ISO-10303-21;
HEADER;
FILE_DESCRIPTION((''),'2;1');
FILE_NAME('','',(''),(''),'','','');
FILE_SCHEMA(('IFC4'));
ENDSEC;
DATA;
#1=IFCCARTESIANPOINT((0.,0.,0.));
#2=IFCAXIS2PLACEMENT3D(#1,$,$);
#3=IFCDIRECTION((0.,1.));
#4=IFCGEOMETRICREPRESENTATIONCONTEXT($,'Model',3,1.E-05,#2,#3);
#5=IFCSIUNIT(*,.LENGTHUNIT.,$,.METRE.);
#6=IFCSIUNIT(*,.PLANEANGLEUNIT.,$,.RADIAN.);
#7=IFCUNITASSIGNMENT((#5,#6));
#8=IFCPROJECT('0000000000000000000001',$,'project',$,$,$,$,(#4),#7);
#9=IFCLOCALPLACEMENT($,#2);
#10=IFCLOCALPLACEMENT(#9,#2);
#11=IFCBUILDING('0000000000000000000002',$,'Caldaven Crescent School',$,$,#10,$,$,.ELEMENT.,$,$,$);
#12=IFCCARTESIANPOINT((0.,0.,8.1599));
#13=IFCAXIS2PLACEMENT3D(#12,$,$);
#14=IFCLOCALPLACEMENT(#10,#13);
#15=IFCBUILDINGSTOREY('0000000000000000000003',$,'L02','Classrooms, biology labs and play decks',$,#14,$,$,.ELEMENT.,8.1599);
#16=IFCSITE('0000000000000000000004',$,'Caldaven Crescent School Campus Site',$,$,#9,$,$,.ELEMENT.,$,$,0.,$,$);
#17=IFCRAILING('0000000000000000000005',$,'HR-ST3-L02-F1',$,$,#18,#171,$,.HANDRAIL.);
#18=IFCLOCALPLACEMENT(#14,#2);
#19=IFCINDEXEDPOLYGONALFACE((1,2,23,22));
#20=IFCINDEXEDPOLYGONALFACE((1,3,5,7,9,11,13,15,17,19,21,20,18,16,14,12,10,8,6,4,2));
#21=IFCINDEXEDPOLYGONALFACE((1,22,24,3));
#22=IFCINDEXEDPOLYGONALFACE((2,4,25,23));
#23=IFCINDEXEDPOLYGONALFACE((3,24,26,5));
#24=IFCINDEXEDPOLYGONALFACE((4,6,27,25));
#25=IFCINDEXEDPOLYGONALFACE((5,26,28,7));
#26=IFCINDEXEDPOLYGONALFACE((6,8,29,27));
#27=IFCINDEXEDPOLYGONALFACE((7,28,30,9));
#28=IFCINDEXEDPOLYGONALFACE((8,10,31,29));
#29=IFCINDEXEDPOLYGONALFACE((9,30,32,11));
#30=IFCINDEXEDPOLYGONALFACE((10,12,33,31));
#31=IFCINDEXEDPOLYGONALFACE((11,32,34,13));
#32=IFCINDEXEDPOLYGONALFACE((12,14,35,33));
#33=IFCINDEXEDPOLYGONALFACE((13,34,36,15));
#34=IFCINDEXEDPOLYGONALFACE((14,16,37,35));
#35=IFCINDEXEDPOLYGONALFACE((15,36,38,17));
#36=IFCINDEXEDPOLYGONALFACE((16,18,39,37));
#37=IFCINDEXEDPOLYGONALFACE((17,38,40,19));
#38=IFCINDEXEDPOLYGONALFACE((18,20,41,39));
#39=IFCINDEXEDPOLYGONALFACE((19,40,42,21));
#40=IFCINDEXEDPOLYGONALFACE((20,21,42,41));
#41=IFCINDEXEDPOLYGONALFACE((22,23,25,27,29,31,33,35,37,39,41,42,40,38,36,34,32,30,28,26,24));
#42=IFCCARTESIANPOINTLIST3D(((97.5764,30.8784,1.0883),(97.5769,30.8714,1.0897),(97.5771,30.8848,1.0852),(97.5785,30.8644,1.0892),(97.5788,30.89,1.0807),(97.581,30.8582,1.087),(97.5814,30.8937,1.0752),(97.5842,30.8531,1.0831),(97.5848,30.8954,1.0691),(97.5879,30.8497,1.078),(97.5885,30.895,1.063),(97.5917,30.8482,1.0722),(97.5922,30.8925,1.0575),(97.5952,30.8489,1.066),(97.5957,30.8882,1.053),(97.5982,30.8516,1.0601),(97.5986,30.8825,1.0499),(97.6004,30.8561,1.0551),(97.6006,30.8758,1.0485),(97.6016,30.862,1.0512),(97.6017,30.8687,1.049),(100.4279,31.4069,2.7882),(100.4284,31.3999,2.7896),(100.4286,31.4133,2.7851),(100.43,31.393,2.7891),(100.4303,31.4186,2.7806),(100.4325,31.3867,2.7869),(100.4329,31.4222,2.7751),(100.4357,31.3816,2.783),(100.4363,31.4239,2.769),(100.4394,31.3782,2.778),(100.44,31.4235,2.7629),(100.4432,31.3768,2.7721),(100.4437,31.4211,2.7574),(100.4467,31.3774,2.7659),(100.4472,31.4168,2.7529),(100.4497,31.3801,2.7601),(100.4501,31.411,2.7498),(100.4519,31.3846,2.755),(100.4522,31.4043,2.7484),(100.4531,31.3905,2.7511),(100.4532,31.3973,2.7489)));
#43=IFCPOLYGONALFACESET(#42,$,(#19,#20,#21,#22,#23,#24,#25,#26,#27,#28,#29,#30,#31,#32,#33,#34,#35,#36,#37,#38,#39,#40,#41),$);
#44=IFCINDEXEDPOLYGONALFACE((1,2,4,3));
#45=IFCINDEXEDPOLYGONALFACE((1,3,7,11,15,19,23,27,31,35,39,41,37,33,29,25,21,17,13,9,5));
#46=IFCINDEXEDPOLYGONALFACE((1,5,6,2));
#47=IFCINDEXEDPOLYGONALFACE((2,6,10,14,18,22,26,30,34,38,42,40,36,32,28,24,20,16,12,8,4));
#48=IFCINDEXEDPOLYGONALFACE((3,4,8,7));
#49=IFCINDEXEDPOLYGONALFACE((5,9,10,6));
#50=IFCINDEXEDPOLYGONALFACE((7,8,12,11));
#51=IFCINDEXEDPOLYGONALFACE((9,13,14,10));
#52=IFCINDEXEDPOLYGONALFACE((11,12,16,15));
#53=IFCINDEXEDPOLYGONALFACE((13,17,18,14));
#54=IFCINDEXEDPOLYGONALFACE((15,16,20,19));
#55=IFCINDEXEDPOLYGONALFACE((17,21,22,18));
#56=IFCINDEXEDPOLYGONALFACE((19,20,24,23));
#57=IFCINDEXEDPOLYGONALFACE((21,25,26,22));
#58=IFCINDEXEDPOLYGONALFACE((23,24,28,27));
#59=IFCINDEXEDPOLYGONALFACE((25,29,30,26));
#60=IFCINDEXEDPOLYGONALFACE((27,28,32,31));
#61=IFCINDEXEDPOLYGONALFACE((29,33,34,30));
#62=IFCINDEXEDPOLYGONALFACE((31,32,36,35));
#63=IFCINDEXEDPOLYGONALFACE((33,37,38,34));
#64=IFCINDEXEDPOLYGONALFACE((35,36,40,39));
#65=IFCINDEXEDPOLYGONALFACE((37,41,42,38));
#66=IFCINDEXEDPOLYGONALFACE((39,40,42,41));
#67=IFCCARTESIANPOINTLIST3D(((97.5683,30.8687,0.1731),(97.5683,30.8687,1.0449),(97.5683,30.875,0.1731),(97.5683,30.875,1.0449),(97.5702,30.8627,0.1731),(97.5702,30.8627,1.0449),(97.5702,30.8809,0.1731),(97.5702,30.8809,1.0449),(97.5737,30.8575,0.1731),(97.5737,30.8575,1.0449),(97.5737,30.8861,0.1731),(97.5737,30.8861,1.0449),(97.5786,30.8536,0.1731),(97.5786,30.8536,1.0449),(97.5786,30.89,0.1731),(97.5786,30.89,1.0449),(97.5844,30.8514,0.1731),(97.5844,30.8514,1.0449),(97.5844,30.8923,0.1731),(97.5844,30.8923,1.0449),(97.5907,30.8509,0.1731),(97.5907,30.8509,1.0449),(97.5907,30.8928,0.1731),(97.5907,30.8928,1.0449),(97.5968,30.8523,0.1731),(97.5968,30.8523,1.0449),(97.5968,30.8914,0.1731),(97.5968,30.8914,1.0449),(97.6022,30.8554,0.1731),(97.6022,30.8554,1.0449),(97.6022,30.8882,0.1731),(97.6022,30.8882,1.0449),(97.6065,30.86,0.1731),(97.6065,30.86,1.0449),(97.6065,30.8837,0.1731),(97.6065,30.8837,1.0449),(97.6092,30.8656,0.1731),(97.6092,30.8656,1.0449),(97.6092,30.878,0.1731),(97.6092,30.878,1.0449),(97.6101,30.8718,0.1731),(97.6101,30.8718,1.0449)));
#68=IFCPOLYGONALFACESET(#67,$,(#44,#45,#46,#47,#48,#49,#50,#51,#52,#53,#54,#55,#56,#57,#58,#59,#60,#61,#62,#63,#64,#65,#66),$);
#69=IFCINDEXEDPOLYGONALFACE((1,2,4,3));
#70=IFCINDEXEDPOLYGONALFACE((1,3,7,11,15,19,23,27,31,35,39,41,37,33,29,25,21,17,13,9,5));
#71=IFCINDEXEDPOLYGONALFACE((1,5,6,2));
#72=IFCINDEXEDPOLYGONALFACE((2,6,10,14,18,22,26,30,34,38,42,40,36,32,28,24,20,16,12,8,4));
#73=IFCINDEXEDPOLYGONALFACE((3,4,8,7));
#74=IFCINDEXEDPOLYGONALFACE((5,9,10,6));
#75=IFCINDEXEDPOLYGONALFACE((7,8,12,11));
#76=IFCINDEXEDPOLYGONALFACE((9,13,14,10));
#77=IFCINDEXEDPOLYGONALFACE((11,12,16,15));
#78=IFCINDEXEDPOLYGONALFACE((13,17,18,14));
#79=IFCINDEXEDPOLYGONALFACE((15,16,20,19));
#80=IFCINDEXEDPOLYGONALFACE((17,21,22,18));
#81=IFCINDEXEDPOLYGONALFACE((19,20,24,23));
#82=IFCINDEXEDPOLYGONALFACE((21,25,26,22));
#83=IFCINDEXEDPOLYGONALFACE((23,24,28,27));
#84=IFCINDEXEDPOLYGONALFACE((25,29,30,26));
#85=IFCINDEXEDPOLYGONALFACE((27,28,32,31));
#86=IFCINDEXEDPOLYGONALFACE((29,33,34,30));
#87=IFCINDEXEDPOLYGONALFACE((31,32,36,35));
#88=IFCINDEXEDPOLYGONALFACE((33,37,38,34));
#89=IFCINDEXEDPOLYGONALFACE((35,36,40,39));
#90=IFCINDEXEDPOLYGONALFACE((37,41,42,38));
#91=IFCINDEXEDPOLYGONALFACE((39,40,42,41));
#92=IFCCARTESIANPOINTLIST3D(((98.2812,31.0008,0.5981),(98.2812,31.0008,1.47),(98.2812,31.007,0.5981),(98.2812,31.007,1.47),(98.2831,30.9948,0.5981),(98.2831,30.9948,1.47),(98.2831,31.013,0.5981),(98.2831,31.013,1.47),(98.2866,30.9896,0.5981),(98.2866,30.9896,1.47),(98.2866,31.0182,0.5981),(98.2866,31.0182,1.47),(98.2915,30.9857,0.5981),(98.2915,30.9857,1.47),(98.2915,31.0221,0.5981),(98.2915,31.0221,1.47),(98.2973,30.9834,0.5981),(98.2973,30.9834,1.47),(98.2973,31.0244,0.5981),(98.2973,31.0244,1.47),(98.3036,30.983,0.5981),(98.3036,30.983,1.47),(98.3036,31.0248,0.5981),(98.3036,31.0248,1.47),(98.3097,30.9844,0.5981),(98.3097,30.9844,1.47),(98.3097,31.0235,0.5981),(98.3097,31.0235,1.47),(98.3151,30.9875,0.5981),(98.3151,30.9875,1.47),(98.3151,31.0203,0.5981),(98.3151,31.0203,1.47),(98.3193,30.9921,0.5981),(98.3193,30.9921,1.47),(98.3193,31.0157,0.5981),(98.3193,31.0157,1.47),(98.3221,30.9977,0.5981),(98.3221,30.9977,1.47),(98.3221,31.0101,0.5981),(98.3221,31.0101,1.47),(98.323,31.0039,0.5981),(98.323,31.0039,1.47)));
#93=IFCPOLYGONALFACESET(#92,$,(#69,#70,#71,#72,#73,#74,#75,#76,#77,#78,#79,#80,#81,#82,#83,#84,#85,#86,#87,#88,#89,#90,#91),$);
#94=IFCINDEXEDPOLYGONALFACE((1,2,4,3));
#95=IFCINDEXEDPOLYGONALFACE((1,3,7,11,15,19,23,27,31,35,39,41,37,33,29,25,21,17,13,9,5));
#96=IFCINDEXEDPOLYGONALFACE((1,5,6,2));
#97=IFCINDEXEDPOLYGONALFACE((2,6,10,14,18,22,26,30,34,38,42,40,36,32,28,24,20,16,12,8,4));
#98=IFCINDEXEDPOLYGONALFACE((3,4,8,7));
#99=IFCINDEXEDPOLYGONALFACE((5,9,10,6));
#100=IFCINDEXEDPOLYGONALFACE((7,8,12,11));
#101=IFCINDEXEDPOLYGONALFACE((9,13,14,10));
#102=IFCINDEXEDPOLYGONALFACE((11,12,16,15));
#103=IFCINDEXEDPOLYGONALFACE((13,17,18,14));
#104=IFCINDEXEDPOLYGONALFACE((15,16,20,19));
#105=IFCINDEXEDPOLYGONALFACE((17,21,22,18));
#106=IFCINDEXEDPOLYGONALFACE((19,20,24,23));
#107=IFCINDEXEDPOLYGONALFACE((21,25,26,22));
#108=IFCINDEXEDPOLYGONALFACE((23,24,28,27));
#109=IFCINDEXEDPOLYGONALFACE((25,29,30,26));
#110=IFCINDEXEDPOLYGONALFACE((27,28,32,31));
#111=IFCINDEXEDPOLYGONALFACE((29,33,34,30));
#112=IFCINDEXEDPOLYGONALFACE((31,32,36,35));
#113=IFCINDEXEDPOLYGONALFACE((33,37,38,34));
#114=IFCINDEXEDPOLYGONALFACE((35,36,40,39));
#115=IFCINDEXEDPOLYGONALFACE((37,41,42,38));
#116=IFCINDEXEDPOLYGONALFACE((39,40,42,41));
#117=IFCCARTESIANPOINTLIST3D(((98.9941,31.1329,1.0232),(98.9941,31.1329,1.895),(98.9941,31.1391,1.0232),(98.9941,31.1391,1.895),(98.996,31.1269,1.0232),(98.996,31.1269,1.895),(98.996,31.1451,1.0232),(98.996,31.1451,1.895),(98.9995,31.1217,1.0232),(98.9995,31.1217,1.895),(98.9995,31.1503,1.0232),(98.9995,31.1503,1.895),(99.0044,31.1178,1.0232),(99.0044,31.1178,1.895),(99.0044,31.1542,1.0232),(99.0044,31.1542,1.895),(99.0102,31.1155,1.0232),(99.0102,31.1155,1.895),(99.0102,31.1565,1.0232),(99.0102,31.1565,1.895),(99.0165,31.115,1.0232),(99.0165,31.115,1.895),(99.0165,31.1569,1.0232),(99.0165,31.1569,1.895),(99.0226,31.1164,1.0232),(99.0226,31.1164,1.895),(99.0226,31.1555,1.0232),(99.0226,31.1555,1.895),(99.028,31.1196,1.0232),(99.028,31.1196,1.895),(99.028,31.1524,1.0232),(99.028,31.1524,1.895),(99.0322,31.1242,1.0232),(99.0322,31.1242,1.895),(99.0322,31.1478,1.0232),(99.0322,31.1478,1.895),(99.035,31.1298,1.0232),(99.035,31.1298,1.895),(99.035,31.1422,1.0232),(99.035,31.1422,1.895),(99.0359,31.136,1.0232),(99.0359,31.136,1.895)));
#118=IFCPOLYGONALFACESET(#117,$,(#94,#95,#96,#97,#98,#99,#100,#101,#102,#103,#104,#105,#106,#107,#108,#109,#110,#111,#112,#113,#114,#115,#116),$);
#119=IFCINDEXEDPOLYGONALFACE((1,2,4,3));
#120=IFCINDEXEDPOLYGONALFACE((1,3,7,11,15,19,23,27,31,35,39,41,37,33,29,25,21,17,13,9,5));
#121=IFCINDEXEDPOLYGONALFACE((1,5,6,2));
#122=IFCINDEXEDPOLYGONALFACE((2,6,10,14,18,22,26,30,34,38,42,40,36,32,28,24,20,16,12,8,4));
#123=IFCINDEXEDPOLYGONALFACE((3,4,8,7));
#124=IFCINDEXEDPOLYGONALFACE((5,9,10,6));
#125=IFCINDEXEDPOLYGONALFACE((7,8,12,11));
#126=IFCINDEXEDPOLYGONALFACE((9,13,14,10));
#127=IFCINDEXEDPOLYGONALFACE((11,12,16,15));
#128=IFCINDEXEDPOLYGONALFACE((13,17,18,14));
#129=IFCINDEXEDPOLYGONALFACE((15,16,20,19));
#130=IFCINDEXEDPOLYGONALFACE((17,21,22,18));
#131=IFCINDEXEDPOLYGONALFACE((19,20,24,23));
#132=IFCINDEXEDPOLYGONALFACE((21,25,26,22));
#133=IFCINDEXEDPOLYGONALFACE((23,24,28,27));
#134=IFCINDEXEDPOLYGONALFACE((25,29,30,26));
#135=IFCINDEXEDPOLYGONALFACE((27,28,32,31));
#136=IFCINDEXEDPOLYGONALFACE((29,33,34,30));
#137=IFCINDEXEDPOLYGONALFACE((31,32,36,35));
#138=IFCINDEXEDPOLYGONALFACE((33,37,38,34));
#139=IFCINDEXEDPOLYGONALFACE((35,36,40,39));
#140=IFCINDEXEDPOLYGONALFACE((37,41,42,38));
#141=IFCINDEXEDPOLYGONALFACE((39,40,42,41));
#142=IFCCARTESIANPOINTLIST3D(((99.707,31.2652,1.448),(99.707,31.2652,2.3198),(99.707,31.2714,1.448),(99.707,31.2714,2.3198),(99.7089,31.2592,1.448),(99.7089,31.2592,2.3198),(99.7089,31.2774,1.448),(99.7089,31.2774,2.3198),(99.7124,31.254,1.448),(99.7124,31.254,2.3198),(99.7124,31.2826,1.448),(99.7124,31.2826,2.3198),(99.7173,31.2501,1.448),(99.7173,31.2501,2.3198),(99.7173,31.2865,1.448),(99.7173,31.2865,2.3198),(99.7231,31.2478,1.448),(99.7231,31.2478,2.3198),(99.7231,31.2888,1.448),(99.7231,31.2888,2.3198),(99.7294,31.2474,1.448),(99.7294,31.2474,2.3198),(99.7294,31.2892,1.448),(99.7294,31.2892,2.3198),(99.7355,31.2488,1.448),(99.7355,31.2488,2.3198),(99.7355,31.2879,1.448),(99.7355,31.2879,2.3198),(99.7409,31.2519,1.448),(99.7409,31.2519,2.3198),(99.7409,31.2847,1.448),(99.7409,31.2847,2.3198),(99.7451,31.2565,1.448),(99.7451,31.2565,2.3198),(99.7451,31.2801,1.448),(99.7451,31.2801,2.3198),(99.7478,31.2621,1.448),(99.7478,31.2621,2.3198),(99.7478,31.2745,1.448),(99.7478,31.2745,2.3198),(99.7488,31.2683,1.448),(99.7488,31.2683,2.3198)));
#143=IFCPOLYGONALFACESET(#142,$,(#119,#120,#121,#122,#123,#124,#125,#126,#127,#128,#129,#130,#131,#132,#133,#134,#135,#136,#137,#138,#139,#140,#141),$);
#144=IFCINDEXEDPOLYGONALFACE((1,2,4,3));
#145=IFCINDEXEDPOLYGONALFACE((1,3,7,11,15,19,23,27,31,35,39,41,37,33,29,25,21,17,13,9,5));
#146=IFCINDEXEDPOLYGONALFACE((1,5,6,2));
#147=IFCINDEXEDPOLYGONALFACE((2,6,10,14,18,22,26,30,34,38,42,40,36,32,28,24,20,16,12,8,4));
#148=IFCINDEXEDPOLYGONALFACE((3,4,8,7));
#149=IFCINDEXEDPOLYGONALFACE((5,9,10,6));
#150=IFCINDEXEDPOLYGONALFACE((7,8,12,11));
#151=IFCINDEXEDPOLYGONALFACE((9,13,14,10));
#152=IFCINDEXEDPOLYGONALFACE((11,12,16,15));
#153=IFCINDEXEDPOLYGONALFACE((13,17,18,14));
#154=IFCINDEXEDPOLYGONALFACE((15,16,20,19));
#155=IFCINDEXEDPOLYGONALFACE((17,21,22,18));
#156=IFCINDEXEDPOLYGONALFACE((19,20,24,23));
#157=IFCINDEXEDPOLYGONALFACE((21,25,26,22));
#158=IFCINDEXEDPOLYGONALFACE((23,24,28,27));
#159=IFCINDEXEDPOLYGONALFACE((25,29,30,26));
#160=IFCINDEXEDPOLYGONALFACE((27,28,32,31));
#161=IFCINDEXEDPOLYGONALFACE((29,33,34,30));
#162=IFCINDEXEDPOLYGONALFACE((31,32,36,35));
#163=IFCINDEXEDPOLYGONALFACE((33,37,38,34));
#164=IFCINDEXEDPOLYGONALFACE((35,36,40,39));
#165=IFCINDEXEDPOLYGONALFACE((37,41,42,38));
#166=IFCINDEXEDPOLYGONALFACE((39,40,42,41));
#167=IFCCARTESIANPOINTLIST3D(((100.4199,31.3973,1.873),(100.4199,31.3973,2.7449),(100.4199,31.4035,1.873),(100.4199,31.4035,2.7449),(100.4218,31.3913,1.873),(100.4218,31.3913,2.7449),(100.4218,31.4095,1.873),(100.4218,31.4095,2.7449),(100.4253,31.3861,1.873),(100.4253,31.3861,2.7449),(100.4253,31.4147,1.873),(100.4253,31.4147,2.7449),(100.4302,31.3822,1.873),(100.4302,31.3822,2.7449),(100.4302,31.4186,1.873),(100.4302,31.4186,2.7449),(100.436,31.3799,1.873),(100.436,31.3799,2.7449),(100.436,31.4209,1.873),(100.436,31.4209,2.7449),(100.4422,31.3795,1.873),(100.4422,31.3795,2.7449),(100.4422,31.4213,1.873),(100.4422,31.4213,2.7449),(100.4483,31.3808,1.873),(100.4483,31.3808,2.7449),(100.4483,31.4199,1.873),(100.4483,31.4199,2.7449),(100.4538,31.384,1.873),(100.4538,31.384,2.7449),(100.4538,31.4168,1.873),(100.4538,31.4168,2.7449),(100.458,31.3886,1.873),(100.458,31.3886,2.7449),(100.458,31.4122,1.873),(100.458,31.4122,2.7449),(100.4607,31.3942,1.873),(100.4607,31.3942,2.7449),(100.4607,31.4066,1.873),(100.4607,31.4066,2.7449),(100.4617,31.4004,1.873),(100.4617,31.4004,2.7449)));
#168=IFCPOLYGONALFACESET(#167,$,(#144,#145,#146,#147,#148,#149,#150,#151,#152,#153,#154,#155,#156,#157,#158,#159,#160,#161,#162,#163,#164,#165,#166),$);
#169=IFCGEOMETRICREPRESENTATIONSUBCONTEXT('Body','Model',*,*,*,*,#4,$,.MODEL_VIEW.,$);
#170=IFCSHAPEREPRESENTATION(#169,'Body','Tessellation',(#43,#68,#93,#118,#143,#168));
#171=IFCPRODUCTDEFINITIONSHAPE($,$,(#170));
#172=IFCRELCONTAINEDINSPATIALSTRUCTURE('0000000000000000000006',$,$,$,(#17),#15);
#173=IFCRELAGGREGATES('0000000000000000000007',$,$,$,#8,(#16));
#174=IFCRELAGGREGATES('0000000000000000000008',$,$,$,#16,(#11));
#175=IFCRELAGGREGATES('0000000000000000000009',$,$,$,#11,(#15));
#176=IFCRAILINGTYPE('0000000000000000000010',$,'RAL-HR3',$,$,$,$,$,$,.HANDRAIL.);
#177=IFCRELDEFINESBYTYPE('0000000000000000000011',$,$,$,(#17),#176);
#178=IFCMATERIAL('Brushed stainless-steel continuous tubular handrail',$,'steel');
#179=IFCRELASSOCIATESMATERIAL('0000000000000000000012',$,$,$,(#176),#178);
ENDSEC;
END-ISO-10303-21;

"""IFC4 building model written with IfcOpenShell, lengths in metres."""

from ifc_helpers import new_model, si_unit, direction, frame, origin, origin_2d, place, context, subcontext, project, spatial, circle, extrude, material, type_object, element, save


model = new_model("IFC4")

# Units and contexts
model_context = context("Model", 3, precision=1e-05, world=origin(), true_north=direction((0.0, 1.0)))
body_context = subcontext(model_context, "Body", "Model", "MODEL_VIEW")
ifc_project = project(units=[si_unit("LENGTHUNIT", "METRE"), si_unit("PLANEANGLEUNIT", "RADIAN")], contexts=[model_context])

# Site, building, storey
site_placement = place(None, origin())
site = spatial("IfcSite", under=ifc_project, at=site_placement, Name="Caldaven Crescent School Campus Site", CompositionType="ELEMENT", RefElevation=0.0)
building_placement = place(site_placement, origin())
building = spatial("IfcBuilding", under=site, at=building_placement, Name="Caldaven Crescent School", CompositionType="ELEMENT")
storey_placement = place(building_placement, frame((0.0, 0.0, 8.1599)))
storey = spatial("IfcBuildingStorey", under=building, at=storey_placement, Name="L02", Description="Classrooms, biology labs and play decks", CompositionType="ELEMENT", Elevation=8.1599)

# Railing
ifc_material_1 = material(Name="Brushed stainless-steel continuous tubular handrail", Category="steel")
railing_type_1 = type_object("IfcRailingType", Name="RAL-HR3", PredefinedType="HANDRAIL", material=ifc_material_1)
railing_1_placement = place(storey_placement, frame((97.5891, 30.8718, 0.1731)))
element("IfcRailing", 1, at=railing_1_placement, inside=storey, type_object=railing_type_1, Name="HR-ST3-L02-F1", PredefinedType="HANDRAIL", context=body_context, shape_type="SweptSolid", body=[
    extrude(circle(Radius=0.0239, at=origin_2d()), frame((0.0, 0.0, 0.896), z_axis=(0.848265, 0.157234, 0.505691), x_axis=(-0.182255, 0.983251, 0.0)), (0.0, 0.0, 1.0), 3.3616),
    extrude(circle(Radius=0.021, at=origin_2d()), origin(), (0.0, 0.0, 1.0), 0.8718),
    extrude(circle(Radius=0.021, at=origin_2d()), frame((0.7129, 0.1321, 0.425)), (0.0, 0.0, 1.0), 0.8718),
    extrude(circle(Radius=0.021, at=origin_2d()), frame((1.4258, 0.2642, 0.8501)), (0.0, 0.0, 1.0), 0.8718),
    extrude(circle(Radius=0.021, at=origin_2d()), frame((2.1387, 0.3965, 1.2749)), (0.0, 0.0, 1.0), 0.8718),
    extrude(circle(Radius=0.021, at=origin_2d()), frame((2.8516, 0.5286, 1.7)), (0.0, 0.0, 1.0), 0.8718),
])

save(model, "model.ifc")
